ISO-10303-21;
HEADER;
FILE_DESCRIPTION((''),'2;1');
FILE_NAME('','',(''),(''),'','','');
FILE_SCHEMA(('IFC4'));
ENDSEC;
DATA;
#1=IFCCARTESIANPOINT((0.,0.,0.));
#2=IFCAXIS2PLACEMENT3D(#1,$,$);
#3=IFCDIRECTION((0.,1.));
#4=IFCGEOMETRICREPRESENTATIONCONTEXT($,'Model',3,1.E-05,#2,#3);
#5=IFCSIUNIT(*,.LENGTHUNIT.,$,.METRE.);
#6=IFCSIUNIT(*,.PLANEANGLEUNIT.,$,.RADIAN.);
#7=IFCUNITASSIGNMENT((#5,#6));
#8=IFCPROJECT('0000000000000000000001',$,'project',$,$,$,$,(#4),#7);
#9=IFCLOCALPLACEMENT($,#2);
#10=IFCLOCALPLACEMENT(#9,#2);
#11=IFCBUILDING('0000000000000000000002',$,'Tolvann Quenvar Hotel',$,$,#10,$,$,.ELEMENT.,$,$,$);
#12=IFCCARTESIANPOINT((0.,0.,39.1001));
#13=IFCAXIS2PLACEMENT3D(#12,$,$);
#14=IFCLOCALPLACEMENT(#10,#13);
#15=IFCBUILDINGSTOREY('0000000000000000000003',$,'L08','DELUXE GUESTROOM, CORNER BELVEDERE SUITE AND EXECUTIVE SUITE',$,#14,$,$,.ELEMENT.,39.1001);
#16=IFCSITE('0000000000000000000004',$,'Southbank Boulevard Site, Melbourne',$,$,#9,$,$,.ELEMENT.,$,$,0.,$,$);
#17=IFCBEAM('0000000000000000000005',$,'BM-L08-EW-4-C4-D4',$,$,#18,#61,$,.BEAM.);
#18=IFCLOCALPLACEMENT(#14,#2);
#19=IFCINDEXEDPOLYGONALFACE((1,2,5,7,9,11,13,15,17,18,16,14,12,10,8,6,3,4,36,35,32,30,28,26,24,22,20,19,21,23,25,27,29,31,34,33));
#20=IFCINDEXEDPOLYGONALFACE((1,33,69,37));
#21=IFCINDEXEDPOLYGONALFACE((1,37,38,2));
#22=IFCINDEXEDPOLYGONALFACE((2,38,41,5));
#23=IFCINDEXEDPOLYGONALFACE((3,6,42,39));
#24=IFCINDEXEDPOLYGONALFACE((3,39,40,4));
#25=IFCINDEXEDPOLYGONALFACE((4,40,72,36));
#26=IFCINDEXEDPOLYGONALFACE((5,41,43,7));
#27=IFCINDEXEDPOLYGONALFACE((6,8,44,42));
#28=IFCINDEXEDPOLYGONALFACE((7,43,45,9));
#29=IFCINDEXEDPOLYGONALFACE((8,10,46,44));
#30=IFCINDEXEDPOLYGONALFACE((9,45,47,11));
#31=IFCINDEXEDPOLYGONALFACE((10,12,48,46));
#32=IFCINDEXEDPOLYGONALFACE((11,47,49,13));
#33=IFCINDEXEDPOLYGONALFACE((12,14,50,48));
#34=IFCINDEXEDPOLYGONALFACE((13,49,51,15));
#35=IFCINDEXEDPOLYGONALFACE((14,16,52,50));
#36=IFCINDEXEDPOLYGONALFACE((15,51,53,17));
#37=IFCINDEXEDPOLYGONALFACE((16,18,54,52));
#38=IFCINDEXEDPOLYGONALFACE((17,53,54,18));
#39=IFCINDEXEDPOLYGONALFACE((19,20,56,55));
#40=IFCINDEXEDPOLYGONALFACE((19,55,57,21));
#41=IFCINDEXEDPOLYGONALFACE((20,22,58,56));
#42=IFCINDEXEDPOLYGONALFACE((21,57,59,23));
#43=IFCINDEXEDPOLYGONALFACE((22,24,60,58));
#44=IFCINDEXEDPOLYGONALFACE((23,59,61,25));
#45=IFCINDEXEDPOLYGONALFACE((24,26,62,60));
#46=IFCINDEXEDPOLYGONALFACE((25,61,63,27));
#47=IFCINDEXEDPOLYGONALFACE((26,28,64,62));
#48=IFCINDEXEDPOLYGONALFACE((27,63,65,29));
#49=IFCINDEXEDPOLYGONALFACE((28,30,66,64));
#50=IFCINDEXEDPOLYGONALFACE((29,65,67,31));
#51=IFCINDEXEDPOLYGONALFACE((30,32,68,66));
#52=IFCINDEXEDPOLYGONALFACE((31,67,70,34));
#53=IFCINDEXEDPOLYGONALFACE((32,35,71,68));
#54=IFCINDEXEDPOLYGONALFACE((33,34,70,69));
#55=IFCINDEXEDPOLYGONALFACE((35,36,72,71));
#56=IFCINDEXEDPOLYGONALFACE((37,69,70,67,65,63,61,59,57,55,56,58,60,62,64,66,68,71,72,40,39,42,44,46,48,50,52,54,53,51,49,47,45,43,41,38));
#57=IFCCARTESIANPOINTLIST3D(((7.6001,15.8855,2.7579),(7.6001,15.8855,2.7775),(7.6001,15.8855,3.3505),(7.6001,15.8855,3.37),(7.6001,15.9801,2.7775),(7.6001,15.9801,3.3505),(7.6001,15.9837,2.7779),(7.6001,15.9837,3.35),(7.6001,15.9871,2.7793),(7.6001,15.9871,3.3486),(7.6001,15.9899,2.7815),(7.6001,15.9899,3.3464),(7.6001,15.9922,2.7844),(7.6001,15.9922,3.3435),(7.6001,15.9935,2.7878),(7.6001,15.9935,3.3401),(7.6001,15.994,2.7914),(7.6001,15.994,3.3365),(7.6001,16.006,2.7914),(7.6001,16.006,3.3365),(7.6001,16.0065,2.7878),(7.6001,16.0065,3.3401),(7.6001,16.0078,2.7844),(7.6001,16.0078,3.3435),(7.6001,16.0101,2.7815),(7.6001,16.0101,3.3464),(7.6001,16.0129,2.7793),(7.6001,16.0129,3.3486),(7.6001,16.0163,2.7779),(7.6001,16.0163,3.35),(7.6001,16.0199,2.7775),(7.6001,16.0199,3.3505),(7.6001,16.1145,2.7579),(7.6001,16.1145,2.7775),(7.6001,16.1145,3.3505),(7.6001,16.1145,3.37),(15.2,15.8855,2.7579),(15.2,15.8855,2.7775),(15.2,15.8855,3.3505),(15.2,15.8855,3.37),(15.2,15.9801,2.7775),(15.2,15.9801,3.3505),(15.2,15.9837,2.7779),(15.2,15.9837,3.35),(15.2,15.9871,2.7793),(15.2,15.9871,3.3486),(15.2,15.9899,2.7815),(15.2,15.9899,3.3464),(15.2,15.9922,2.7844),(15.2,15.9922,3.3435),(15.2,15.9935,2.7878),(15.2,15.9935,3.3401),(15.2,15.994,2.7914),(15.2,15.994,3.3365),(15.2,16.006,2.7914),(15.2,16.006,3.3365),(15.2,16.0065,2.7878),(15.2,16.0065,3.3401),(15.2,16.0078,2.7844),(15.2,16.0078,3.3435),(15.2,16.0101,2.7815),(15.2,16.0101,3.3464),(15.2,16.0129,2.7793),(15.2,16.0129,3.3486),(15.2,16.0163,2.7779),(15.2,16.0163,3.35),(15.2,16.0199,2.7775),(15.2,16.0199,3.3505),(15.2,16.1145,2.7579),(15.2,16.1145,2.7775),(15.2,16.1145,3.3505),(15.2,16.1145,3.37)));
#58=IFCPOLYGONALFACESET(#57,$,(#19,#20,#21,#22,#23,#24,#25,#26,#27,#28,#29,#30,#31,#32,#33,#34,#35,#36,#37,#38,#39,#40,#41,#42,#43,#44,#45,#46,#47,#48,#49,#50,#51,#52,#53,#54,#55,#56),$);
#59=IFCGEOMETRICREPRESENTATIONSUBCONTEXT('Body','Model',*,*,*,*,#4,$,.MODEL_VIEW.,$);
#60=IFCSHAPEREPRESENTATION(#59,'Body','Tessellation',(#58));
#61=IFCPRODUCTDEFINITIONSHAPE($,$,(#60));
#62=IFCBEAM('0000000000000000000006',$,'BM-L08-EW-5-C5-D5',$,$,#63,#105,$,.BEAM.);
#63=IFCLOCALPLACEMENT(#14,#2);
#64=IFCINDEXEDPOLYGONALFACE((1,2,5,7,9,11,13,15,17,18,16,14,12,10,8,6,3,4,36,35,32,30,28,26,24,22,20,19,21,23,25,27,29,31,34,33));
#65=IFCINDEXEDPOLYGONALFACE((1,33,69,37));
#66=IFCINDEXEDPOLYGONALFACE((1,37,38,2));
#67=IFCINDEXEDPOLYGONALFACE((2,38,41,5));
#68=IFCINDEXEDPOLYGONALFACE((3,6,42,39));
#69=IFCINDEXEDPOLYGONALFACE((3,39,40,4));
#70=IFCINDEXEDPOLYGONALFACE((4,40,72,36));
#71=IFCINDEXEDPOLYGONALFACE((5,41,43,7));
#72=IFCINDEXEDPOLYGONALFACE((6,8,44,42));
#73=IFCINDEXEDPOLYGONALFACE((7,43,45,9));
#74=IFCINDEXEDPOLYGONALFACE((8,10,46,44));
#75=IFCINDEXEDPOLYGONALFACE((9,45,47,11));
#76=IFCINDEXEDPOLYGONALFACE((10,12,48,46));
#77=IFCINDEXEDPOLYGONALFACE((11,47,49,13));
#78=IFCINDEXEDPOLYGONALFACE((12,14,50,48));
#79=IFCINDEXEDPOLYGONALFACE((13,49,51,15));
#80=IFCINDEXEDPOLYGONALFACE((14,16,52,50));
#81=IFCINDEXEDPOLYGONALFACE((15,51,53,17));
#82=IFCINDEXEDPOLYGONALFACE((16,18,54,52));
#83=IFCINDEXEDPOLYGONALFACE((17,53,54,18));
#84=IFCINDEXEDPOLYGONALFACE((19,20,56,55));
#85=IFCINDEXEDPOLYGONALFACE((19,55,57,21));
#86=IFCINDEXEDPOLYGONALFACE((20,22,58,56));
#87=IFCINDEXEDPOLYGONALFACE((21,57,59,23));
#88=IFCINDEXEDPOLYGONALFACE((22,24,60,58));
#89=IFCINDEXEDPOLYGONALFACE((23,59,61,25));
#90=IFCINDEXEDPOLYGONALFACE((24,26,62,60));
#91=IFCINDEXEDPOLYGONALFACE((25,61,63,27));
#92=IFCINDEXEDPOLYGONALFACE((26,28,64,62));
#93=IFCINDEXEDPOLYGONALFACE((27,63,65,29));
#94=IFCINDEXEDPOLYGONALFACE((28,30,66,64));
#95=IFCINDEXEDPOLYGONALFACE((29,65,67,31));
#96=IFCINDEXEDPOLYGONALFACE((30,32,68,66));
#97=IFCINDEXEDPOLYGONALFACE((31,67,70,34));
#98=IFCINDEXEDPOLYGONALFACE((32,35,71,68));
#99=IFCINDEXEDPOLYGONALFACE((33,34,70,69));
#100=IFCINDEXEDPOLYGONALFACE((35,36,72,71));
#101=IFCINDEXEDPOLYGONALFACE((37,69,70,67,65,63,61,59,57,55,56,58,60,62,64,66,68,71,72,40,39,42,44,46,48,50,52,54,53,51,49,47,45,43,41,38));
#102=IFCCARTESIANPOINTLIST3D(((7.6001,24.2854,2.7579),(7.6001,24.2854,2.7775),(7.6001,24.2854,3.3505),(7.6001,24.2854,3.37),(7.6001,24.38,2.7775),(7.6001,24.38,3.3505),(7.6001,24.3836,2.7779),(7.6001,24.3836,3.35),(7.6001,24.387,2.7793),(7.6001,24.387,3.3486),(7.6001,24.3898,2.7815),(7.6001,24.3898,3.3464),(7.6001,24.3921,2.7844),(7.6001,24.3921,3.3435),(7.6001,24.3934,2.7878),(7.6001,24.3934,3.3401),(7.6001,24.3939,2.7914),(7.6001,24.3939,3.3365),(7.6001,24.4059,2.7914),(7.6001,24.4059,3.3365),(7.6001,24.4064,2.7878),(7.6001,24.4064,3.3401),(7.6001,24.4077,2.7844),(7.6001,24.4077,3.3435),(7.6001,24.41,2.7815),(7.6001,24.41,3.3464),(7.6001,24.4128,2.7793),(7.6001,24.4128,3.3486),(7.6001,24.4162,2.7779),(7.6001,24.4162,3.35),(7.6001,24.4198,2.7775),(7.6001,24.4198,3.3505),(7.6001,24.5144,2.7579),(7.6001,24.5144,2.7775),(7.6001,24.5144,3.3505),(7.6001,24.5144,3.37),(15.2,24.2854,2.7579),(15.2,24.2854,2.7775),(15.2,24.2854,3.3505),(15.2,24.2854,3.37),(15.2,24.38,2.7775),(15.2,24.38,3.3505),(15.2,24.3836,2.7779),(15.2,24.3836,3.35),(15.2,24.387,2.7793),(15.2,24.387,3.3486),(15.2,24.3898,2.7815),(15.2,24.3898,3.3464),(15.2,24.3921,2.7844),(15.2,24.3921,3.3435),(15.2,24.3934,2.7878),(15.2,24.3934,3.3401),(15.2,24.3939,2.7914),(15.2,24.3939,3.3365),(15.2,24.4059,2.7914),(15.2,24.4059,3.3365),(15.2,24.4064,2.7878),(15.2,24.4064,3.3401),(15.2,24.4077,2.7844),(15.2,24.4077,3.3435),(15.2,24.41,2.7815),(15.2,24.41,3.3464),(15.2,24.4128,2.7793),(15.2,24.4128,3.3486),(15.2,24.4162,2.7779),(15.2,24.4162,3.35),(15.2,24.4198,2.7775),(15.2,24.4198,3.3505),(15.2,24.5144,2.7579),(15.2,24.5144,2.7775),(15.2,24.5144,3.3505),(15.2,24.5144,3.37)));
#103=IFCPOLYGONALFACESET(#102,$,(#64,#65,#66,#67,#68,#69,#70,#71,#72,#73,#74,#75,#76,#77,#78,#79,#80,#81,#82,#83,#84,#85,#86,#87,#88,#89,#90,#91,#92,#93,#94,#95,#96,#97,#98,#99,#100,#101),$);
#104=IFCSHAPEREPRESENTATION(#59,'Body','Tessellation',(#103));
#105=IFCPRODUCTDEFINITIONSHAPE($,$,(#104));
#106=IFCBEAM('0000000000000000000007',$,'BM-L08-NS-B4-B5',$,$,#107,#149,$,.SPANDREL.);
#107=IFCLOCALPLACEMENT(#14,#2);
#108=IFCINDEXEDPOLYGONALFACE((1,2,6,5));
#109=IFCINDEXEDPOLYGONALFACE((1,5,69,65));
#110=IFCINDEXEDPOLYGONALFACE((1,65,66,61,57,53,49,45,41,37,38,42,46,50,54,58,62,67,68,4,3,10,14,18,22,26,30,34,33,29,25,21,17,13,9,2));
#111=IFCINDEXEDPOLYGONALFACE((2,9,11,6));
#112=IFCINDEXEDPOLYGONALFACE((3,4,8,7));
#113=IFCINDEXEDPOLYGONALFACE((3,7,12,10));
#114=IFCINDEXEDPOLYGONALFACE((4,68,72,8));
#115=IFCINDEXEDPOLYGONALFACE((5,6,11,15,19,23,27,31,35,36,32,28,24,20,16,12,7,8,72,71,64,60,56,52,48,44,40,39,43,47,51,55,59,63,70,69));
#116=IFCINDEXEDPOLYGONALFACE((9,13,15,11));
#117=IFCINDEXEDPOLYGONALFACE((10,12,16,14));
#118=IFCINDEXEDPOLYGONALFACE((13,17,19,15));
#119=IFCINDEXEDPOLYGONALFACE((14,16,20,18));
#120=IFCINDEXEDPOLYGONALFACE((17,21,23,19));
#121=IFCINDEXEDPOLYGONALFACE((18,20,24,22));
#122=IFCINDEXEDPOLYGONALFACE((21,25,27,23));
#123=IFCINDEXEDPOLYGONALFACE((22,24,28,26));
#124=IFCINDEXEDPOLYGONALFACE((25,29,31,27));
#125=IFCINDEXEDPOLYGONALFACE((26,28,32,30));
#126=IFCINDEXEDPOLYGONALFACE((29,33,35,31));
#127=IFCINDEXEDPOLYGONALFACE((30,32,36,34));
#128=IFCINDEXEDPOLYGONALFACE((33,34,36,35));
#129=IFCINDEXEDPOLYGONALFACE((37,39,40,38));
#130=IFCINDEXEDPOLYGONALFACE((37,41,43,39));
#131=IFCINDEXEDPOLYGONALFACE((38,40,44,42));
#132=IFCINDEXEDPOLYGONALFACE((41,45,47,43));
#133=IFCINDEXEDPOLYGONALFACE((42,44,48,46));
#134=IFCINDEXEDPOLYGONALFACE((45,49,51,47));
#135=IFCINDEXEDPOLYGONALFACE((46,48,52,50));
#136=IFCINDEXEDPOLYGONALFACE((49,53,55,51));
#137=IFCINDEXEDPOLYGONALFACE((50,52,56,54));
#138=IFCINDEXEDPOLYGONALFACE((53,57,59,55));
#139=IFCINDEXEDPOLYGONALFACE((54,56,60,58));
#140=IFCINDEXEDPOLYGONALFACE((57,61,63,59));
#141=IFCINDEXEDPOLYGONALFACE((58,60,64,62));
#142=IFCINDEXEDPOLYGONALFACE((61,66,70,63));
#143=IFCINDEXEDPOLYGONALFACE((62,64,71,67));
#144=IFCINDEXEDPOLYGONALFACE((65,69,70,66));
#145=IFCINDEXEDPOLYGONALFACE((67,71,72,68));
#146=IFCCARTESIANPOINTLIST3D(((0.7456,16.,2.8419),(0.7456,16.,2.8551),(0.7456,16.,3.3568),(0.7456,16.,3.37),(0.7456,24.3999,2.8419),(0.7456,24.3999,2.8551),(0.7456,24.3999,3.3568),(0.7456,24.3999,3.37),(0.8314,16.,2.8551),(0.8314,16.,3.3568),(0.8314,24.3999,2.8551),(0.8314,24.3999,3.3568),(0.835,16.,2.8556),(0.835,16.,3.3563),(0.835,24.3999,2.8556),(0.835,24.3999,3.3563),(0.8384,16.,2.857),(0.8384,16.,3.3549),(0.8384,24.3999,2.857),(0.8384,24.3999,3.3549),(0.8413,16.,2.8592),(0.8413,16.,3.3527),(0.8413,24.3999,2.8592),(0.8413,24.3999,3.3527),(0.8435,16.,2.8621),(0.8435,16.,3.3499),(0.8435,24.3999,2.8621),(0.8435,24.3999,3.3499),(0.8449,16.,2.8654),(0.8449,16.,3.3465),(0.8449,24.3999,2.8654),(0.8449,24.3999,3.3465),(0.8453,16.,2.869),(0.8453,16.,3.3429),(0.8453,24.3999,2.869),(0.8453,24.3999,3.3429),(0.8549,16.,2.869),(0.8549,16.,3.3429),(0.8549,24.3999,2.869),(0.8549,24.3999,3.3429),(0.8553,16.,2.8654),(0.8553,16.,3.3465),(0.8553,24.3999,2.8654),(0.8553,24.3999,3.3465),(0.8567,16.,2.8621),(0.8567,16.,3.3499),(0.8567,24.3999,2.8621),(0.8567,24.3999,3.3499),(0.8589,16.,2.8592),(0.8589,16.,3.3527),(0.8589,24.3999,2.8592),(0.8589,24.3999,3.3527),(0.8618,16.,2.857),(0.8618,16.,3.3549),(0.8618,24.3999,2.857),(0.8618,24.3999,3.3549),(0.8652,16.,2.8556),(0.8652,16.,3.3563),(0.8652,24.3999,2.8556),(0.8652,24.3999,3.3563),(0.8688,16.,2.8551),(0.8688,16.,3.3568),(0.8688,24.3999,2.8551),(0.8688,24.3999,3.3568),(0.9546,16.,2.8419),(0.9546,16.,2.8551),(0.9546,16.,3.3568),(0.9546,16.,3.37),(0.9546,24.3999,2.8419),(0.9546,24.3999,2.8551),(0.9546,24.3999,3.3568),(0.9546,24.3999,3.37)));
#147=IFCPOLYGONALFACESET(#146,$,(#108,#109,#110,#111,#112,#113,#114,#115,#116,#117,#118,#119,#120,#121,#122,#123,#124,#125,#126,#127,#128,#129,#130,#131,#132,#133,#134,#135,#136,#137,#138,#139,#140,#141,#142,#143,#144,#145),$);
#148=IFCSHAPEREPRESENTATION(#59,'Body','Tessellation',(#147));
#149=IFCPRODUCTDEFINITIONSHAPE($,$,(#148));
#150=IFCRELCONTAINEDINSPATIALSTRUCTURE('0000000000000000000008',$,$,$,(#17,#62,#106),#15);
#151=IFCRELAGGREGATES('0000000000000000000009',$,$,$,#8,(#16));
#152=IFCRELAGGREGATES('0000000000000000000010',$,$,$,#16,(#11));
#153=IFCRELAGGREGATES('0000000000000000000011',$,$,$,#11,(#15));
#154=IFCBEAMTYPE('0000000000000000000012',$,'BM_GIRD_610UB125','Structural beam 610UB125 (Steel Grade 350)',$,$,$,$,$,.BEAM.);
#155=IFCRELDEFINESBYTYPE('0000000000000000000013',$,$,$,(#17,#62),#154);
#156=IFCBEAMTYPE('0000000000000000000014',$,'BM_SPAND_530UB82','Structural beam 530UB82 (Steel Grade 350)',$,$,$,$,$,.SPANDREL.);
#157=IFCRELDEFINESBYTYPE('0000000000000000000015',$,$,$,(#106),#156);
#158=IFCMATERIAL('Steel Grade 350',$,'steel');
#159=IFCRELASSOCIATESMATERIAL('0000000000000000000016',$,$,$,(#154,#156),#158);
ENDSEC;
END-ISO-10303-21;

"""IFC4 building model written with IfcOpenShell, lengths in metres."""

from ifc_helpers import new_model, si_unit, direction, frame, origin, origin_2d, place, context, subcontext, project, spatial, i_section, extrude, source, transform, mapped, material, material_profile, profile_set, type_object, element, save


model = new_model("IFC4")

# Units and contexts
model_context = context("Model", 3, precision=1e-05, world=origin(), true_north=direction((0.0, 1.0)))
body_context = subcontext(model_context, "Body", "Model", "MODEL_VIEW")
ifc_project = project(units=[si_unit("LENGTHUNIT", "METRE"), si_unit("PLANEANGLEUNIT", "RADIAN")], contexts=[model_context])

# Site, building, storey
site_placement = place(None, origin())
site = spatial("IfcSite", under=ifc_project, at=site_placement, Name="Southbank Boulevard Site, Melbourne", CompositionType="ELEMENT", RefElevation=0.0)
building_placement = place(site_placement, origin())
building = spatial("IfcBuilding", under=site, at=building_placement, Name="Tolvann Quenvar Hotel", CompositionType="ELEMENT")
storey_placement = place(building_placement, frame((0.0, 0.0, 39.1001)))
storey = spatial("IfcBuildingStorey", under=building, at=storey_placement, Name="L08", Description="DELUXE GUESTROOM, CORNER BELVEDERE SUITE AND EXECUTIVE SUITE", CompositionType="ELEMENT", Elevation=39.1001)

# Shared definitions
ifc_material_1 = material(Name="Steel Grade 350", Category="steel")

# Beams
ifc_material_profile_1 = material_profile(ifc_material_1, i_section(OverallWidth=0.229, OverallDepth=0.6121, WebThickness=0.012, FlangeThickness=0.0195, FilletRadius=0.0139, at=origin_2d()), Name="610UB125")
ifc_profile_set_1 = profile_set([ifc_material_profile_1], Name="Steel Grade 350")
beam_type_1 = type_object("IfcBeamType", Name="BM_GIRD_610UB125", Description="Structural beam 610UB125 (Steel Grade 350)", PredefinedType="BEAM", material=ifc_profile_set_1)
shared_shape_1 = source(origin(), body_context, "Body", "SweptSolid", [
    extrude(i_section(OverallWidth=0.229, OverallDepth=0.6121, WebThickness=0.012, FlangeThickness=0.0195, FilletRadius=0.0139, at=origin_2d()), origin(), (0.0, 0.0, 1.0), 7.5999),
])
for number, where, z_axis, x_axis, name in (
    (1, (7.6001, 16.0, 3.064), (1.0, 0.0, 0.0), (0.0, 1.0, 0.0), "BM-L08-EW-4-C4-D4"),
    (2, (7.6001, 24.3999, 3.064), (1.0, 0.0, 0.0), (0.0, 1.0, 0.0), "BM-L08-EW-5-C5-D5"),
):
    element("IfcBeam", number, at=place(storey_placement, frame(where, z_axis=z_axis, x_axis=x_axis)), inside=storey, type_object=beam_type_1, Name=name, PredefinedType="BEAM", context=body_context, shape_type="MappedRepresentation", body=[
        mapped(shared_shape_1, transform((0.0, 0.0, 0.0), x_axis=(1.0, 0.0, 0.0), y_axis=(0.0, 1.0, 0.0), z_axis=(0.0, 0.0, 1.0), scale=1.0)),
    ])
ifc_material_profile_2 = material_profile(ifc_material_1, i_section(OverallWidth=0.209, OverallDepth=0.5281, WebThickness=0.0095, FlangeThickness=0.0132, FilletRadius=0.0139, at=origin_2d()), Name="530UB82")
ifc_profile_set_2 = profile_set([ifc_material_profile_2], Name="Steel Grade 350")
beam_type_2 = type_object("IfcBeamType", Name="BM_SPAND_530UB82", Description="Structural beam 530UB82 (Steel Grade 350)", PredefinedType="SPANDREL", material=ifc_profile_set_2)
shared_shape_2 = source(origin(), body_context, "Body", "SweptSolid", [
    extrude(i_section(OverallWidth=0.209, OverallDepth=0.5281, WebThickness=0.0095, FlangeThickness=0.0132, FilletRadius=0.0139, at=origin_2d()), origin(), (0.0, 0.0, 1.0), 8.3999),
])
beam_1_placement = place(storey_placement, frame((0.8501, 16.0, 3.106), z_axis=(0.0, 1.0, 0.0), x_axis=(-1.0, 0.0, 0.0)))
element("IfcBeam", 3, at=beam_1_placement, inside=storey, type_object=beam_type_2, Name="BM-L08-NS-B4-B5", PredefinedType="SPANDREL", context=body_context, shape_type="MappedRepresentation", body=[
    mapped(shared_shape_2, transform((0.0, 0.0, 0.0), x_axis=(1.0, 0.0, 0.0), y_axis=(0.0, 1.0, 0.0), z_axis=(0.0, 0.0, 1.0), scale=1.0)),
])

save(model, "model.ifc")
